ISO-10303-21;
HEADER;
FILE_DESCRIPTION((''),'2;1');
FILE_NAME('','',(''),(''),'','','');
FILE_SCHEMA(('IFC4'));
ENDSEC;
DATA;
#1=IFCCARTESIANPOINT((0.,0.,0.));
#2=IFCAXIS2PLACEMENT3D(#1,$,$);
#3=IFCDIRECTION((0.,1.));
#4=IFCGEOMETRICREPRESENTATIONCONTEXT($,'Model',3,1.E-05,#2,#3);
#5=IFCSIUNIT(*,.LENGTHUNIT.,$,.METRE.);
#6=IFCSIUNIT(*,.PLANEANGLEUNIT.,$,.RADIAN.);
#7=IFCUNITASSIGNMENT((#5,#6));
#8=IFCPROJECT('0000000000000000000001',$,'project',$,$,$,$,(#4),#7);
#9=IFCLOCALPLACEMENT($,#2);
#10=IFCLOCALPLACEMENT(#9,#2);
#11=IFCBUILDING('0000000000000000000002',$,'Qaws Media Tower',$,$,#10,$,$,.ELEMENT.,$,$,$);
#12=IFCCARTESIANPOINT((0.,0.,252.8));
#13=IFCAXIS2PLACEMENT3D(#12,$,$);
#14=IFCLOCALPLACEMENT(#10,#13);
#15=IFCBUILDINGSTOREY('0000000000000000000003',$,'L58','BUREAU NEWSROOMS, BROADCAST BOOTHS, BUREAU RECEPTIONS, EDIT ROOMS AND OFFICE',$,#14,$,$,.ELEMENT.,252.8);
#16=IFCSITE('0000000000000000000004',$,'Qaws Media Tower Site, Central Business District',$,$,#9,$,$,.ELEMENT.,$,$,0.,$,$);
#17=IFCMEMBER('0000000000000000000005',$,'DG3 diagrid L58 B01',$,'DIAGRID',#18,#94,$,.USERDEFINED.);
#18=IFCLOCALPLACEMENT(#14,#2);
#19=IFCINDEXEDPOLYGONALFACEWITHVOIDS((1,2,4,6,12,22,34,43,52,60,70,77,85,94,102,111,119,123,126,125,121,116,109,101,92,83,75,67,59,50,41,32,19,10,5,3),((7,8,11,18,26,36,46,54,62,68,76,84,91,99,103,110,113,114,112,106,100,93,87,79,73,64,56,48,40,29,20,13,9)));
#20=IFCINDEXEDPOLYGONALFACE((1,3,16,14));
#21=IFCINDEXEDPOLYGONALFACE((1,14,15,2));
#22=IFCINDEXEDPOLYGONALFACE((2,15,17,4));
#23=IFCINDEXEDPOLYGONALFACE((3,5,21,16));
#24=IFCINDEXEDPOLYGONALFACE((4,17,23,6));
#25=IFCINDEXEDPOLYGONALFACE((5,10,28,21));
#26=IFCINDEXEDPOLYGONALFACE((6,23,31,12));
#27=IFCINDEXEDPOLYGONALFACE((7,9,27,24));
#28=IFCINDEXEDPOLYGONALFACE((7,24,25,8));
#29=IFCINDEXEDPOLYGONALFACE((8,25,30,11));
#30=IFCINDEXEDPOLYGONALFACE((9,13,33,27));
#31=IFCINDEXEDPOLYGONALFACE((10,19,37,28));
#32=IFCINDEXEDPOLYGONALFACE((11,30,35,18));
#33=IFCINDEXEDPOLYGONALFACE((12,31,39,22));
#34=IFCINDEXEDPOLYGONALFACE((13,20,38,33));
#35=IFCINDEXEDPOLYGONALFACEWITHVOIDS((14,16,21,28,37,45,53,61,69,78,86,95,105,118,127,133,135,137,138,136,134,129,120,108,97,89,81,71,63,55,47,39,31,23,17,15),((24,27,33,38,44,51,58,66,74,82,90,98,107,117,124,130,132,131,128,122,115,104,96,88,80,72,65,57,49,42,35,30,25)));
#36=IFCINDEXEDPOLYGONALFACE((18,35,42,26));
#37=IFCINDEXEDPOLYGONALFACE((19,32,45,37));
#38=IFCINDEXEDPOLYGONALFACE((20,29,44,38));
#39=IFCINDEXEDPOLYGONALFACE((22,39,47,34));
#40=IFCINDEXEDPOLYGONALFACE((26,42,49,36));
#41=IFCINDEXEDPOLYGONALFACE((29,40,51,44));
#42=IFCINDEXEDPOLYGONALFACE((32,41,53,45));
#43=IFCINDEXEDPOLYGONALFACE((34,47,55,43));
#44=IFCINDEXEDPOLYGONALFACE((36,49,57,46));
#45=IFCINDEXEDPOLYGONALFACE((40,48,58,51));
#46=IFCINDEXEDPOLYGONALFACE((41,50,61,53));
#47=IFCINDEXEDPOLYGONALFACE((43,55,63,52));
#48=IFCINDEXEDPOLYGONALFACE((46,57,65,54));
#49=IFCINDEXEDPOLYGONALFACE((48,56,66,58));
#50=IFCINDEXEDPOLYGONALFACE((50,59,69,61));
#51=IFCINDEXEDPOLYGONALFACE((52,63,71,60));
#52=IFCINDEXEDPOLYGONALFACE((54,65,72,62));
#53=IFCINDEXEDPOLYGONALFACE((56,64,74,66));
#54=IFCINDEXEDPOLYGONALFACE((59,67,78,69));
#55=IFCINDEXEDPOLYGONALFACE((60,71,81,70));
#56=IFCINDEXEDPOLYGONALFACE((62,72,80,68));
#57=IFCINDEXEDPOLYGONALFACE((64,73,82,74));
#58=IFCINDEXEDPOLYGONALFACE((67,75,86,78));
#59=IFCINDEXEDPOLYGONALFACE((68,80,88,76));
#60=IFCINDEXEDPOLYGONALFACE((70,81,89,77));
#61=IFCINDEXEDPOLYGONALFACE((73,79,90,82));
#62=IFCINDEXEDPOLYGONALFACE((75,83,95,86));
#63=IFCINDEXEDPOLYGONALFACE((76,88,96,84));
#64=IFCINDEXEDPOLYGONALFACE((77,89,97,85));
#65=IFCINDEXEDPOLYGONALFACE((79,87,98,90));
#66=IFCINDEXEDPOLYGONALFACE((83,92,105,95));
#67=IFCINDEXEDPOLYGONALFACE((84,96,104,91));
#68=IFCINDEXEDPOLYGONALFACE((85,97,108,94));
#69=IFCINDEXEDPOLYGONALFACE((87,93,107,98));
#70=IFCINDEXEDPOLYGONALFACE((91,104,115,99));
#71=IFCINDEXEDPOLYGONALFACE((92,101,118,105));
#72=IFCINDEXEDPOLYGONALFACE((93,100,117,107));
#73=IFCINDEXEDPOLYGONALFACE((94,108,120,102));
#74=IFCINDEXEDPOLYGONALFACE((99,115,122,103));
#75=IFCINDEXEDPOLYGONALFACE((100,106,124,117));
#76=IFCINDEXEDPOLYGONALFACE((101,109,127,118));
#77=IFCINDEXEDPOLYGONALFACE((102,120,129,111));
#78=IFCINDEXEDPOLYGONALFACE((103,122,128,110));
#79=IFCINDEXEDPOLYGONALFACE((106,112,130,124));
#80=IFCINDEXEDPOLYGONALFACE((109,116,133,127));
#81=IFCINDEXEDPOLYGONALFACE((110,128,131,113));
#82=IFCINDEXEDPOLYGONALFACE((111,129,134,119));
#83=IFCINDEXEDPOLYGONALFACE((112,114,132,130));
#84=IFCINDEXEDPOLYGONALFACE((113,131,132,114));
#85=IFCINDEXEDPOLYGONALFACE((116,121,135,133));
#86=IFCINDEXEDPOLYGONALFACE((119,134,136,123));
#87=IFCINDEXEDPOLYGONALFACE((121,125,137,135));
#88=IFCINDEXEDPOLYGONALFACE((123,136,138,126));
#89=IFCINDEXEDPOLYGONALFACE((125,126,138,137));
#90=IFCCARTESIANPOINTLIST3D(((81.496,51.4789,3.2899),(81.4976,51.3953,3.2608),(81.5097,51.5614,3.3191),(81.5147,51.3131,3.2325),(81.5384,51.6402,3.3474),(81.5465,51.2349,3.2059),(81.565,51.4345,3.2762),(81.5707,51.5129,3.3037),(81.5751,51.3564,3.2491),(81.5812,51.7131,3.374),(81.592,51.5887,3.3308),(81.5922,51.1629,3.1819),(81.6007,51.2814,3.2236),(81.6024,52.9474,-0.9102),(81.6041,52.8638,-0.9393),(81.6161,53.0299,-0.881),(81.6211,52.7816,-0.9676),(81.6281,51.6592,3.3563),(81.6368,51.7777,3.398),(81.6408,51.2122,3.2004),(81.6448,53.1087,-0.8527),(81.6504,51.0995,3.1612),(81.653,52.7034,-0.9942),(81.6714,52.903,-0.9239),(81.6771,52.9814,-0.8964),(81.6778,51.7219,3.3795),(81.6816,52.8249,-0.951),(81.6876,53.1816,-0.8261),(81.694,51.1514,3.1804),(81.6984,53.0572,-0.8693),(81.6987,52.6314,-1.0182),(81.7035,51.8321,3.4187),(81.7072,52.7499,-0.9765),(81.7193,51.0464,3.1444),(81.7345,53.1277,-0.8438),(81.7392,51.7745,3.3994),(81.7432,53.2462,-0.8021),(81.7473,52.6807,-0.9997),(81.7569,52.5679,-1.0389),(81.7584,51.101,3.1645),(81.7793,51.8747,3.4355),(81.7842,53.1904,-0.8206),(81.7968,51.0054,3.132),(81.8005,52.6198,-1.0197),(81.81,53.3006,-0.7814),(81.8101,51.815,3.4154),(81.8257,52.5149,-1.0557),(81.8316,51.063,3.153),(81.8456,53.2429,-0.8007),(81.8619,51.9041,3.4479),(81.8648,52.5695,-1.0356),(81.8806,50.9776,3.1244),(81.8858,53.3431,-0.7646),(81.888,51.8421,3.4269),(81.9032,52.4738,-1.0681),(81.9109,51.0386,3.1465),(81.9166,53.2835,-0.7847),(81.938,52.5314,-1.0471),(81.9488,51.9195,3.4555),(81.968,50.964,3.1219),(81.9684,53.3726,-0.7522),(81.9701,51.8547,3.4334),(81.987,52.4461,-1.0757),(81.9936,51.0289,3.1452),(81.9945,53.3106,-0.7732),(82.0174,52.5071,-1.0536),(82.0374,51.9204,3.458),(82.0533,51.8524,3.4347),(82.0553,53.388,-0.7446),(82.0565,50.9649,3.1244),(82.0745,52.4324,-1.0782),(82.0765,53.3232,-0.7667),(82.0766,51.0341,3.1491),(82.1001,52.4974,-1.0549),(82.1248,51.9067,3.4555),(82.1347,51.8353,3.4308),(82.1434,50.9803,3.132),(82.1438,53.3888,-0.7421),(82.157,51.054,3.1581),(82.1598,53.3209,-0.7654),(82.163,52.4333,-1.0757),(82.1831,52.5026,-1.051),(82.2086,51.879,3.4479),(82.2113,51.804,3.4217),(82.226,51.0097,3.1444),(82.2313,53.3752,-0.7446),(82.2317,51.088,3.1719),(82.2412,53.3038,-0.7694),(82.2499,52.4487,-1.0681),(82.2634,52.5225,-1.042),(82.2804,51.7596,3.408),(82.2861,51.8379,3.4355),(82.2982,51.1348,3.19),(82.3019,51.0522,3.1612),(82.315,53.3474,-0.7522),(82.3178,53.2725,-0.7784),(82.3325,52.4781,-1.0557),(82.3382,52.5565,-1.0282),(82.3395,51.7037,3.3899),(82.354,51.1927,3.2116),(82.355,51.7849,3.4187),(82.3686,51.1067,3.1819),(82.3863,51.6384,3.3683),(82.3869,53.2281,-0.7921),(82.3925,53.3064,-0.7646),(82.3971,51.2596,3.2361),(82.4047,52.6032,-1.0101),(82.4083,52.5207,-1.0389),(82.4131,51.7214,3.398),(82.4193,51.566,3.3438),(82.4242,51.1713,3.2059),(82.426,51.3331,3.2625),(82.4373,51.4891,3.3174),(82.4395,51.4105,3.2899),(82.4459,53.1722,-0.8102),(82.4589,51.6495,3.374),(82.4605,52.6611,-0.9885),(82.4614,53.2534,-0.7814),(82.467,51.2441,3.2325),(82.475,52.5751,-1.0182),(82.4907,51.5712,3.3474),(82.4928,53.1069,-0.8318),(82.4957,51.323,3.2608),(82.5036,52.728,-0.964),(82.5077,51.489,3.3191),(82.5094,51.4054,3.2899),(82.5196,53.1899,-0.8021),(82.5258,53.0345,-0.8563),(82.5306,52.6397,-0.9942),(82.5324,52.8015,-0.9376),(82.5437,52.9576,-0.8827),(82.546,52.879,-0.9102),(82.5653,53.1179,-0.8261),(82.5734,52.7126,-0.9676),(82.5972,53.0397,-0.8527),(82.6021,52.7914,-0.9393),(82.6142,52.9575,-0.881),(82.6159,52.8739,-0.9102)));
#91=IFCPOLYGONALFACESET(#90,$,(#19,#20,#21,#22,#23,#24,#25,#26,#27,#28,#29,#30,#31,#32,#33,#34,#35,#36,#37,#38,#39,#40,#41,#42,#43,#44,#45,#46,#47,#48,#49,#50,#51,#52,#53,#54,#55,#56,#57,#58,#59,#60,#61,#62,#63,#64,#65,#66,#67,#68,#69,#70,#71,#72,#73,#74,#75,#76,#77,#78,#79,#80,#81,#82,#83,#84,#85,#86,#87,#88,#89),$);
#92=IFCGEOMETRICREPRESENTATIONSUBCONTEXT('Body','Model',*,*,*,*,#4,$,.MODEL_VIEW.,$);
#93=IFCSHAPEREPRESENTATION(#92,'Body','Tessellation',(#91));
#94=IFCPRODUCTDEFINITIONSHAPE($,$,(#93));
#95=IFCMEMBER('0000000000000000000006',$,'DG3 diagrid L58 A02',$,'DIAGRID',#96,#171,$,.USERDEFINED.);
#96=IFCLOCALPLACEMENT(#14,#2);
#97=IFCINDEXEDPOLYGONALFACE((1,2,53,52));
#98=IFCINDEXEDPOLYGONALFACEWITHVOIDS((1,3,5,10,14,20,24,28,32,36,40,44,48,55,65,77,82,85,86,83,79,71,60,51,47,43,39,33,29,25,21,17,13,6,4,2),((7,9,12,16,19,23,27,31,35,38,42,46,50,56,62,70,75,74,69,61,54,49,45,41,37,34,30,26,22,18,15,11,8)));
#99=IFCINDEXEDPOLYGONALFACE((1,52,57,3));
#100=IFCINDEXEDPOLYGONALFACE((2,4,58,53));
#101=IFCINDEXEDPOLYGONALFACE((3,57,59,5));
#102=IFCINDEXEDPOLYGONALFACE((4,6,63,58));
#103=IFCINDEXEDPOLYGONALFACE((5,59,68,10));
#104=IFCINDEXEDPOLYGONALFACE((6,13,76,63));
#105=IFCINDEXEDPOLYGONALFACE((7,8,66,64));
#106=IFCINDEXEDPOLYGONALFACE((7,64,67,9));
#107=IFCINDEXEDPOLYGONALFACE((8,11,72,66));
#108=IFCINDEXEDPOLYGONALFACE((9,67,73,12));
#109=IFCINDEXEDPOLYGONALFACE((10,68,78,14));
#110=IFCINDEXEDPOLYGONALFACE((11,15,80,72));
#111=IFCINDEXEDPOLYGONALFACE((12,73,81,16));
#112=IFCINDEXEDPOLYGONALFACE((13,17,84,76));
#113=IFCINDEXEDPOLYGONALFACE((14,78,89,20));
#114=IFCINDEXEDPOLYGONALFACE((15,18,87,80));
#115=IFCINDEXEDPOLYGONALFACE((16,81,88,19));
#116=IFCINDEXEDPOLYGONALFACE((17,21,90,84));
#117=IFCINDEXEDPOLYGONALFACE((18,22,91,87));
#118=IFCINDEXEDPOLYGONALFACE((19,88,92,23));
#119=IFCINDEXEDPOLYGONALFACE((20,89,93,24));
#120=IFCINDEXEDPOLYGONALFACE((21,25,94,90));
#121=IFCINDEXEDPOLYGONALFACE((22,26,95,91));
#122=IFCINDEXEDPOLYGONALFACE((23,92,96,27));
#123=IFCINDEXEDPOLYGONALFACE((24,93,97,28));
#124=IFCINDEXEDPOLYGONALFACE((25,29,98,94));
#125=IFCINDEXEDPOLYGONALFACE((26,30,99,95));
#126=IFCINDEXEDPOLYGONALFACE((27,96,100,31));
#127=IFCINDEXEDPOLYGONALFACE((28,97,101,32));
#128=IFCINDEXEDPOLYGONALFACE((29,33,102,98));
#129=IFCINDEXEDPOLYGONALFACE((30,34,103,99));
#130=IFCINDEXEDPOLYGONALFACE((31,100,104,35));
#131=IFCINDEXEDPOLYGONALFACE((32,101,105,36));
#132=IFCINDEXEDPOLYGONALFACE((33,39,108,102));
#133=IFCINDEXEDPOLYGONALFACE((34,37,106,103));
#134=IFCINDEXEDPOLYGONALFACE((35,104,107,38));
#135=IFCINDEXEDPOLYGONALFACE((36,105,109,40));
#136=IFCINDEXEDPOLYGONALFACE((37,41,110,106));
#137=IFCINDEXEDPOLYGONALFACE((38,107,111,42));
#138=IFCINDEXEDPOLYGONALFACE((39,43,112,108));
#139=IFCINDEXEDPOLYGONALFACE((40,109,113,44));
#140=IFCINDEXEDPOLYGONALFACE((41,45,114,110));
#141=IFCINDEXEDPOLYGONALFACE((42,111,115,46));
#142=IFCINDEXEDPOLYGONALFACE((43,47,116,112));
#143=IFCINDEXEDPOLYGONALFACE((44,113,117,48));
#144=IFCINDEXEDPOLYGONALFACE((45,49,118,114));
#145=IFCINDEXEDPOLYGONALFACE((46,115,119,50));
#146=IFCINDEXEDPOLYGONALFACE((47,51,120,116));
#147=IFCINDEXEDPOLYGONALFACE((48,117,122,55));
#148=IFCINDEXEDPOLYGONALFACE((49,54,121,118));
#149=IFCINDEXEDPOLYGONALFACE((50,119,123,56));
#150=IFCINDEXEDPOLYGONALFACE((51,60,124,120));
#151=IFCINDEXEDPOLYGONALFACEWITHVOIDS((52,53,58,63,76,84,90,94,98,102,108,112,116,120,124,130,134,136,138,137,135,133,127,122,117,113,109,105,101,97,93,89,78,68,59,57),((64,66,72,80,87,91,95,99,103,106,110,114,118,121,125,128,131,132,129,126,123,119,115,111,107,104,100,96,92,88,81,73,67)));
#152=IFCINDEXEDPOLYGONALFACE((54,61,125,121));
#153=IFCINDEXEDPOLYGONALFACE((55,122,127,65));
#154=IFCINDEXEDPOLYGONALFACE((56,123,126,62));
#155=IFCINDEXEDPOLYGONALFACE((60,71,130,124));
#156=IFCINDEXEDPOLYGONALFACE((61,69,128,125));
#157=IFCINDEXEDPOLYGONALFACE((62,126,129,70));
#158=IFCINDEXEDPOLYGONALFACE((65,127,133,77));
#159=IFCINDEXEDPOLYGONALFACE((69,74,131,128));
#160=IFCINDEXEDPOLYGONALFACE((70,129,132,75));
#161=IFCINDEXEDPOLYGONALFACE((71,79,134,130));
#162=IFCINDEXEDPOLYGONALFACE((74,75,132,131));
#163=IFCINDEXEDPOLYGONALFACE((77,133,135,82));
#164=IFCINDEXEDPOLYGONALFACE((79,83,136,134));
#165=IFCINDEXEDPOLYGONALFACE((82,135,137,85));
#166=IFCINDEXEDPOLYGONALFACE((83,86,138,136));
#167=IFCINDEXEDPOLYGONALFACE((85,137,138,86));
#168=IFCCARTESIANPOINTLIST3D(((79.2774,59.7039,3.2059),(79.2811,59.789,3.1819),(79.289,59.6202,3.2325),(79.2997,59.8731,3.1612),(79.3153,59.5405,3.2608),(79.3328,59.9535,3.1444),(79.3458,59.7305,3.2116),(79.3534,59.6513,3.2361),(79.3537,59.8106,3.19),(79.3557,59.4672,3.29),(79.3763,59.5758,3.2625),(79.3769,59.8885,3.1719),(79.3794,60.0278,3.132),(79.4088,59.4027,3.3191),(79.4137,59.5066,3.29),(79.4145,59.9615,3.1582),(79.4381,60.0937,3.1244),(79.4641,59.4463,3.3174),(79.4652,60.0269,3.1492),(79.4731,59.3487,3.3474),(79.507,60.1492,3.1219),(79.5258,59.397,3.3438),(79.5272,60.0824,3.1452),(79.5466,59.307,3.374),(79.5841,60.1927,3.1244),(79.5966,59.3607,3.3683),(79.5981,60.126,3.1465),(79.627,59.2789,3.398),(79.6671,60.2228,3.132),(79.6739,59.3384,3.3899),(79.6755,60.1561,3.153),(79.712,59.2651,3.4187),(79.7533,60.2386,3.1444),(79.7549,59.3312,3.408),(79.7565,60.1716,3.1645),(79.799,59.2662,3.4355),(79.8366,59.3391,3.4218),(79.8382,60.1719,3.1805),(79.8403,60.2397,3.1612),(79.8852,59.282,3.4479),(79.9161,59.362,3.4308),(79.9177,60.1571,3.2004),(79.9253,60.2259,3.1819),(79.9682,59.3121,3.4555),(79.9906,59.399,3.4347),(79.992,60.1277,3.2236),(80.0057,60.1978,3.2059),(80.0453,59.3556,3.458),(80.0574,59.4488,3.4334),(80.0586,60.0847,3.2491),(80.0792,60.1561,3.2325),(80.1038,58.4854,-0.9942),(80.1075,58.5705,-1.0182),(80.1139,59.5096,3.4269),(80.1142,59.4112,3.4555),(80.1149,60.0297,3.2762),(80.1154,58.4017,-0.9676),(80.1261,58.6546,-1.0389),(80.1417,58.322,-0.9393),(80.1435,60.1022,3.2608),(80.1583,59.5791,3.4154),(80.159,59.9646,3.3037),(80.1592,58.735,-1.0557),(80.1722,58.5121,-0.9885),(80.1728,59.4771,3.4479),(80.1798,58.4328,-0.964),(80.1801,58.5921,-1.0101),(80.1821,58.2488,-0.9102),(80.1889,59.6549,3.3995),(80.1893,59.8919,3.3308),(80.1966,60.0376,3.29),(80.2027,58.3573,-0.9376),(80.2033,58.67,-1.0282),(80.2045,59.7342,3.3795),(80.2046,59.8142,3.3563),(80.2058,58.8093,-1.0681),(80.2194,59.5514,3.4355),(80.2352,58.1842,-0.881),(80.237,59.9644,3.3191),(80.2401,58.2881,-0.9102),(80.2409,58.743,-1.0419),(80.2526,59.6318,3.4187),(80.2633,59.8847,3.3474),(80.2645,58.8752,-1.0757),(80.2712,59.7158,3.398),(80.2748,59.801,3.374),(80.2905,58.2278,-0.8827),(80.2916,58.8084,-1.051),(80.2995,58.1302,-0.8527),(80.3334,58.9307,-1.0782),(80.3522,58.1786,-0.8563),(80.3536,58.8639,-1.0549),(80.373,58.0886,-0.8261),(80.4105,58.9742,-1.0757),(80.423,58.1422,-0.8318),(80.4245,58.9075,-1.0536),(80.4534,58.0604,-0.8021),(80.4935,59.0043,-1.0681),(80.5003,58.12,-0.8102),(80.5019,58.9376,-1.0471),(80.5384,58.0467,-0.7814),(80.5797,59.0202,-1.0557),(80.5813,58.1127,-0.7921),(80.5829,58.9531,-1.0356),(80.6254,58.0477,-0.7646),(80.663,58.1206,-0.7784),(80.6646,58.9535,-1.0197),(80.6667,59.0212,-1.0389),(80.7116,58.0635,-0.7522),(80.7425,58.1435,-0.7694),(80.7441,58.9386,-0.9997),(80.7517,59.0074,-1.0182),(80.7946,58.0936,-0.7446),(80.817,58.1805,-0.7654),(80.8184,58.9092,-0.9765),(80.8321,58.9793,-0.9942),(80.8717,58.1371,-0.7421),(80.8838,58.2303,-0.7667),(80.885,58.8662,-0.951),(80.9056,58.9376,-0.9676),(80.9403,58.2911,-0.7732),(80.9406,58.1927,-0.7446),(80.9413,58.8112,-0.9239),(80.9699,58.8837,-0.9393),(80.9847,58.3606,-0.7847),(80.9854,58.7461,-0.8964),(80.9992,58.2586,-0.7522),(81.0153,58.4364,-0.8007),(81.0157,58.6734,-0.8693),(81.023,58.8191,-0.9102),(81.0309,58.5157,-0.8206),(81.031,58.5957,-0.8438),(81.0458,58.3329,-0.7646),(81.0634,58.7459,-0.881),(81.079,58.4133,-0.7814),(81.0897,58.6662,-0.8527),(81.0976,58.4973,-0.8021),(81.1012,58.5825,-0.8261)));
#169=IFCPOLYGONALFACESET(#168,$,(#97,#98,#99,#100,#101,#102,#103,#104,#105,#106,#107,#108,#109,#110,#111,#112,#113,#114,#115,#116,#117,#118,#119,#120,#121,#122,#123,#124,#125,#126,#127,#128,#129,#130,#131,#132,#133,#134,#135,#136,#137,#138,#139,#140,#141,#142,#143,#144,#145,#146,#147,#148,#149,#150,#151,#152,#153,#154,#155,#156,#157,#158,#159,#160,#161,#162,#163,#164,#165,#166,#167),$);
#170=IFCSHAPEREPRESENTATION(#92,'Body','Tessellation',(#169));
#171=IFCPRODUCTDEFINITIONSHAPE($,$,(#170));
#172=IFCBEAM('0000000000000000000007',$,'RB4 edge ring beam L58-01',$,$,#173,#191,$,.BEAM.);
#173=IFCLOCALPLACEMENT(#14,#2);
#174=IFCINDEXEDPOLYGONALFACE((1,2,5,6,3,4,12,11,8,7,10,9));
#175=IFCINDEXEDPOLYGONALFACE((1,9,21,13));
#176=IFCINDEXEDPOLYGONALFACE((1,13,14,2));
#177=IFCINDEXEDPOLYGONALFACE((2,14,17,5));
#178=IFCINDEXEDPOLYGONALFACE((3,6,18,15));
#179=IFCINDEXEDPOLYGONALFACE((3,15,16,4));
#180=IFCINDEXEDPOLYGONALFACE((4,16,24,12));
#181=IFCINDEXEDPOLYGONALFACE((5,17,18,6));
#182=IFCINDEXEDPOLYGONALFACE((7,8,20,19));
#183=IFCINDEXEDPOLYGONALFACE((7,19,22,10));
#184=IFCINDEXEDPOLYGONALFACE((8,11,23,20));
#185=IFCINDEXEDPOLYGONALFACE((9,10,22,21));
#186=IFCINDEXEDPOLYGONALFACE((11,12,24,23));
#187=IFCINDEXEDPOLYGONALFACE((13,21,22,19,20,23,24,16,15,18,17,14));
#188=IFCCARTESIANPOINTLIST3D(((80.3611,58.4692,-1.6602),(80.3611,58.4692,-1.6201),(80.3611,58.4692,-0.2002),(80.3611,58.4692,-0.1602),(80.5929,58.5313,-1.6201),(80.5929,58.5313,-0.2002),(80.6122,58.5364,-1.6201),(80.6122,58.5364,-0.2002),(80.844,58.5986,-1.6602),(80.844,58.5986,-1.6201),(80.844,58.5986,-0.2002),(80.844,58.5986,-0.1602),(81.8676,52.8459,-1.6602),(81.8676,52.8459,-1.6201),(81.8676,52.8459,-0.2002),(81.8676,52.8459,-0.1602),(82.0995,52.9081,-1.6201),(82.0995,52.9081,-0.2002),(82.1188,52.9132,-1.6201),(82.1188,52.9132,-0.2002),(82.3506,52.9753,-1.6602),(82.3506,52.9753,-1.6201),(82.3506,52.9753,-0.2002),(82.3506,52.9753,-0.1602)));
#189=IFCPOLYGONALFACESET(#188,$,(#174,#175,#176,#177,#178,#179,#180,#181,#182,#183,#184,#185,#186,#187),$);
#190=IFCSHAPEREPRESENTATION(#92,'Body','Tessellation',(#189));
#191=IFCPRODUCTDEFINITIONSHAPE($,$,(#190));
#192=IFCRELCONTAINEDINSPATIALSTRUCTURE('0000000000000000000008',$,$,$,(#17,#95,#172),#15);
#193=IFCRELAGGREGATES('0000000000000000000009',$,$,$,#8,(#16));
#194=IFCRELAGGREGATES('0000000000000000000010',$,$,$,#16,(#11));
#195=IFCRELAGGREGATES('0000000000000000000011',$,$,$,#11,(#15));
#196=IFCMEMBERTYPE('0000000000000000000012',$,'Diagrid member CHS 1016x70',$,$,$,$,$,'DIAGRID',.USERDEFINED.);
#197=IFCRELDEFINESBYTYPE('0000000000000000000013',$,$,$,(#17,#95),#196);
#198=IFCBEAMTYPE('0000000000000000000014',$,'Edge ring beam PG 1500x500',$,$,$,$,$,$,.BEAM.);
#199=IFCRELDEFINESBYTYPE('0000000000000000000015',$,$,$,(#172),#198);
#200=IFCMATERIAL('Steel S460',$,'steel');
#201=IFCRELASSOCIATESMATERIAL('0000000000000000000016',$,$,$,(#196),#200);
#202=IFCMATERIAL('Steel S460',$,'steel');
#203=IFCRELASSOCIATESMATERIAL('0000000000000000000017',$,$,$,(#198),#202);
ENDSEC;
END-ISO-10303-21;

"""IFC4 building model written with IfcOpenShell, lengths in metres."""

from ifc_helpers import new_model, si_unit, direction, frame, origin, origin_2d, place, context, subcontext, project, spatial, hollow_circle, i_section, extrude, material, material_profile, profile_set, type_object, element, save


model = new_model("IFC4")

# Units and contexts
model_context = context("Model", 3, precision=1e-05, world=origin(), true_north=direction((0.0, 1.0)))
body_context = subcontext(model_context, "Body", "Model", "MODEL_VIEW")
ifc_project = project(units=[si_unit("LENGTHUNIT", "METRE"), si_unit("PLANEANGLEUNIT", "RADIAN")], contexts=[model_context])

# Site, building, storey
site_placement = place(None, origin())
site = spatial("IfcSite", under=ifc_project, at=site_placement, Name="Qaws Media Tower Site, Central Business District", CompositionType="ELEMENT", RefElevation=0.0)
building_placement = place(site_placement, origin())
building = spatial("IfcBuilding", under=site, at=building_placement, Name="Qaws Media Tower", CompositionType="ELEMENT")
storey_placement = place(building_placement, frame((0.0, 0.0, 252.8)))
storey = spatial("IfcBuildingStorey", under=building, at=storey_placement, Name="L58", Description="BUREAU NEWSROOMS, BROADCAST BOOTHS, BUREAU RECEPTIONS, EDIT ROOMS AND OFFICE", CompositionType="ELEMENT", Elevation=252.8)

# Members
ifc_material_1 = material(Name="Steel S460", Category="steel")
ifc_material_profile_1 = material_profile(ifc_material_1, hollow_circle(Radius=0.5081, WallThickness=0.0701, at=origin_2d()), Name="CHS 1016x70")
ifc_profile_set_1 = profile_set([ifc_material_profile_1], Name="Steel S460")
member_type_1 = type_object("IfcMemberType", Name="Diagrid member CHS 1016x70", ElementType="DIAGRID", PredefinedType="USERDEFINED", material=ifc_profile_set_1)
for number, where, z_axis, x_axis, name in (
    (1, (82.1091, 52.9106, -0.9102), (-0.023916, -0.329943, 0.943698), (0.997383, -0.072296, 0.0), "DG3 diagrid L58 B01"),
    (2, (80.6025, 58.5339, -0.9102), (-0.185679, 0.273774, 0.943701), (-0.827611, -0.561303, 0.0), "DG3 diagrid L58 A02"),
):
    element("IfcMember", number, at=place(storey_placement, frame(where, z_axis=z_axis, x_axis=x_axis)), inside=storey, type_object=member_type_1, Name=name, ObjectType="DIAGRID", PredefinedType="USERDEFINED", context=body_context, shape_type="SweptSolid", body=[
        extrude(hollow_circle(Radius=0.5081, WallThickness=0.0701, at=origin_2d()), origin(), (0.0, 0.0, 1.0), 4.4507),
    ])

# Beam
ifc_material_2 = material(Name="Steel S460", Category="steel")
ifc_material_profile_2 = material_profile(ifc_material_2, i_section(OverallWidth=0.5, OverallDepth=1.5, WebThickness=0.02, FlangeThickness=0.04, at=origin_2d()), Name="PG 1500x500")
ifc_profile_set_2 = profile_set([ifc_material_profile_2], Name="Steel S460")
beam_type = type_object("IfcBeamType", Name="Edge ring beam PG 1500x500", PredefinedType="BEAM", material=ifc_profile_set_2)
beam_1_placement = place(storey_placement, frame((82.1091, 52.9106, -0.9102), z_axis=(-0.258793, 0.965933, 0.0), x_axis=(-0.965933, -0.258793, 0.0)))
element("IfcBeam", 3, at=beam_1_placement, inside=storey, type_object=beam_type, Name="RB4 edge ring beam L58-01", PredefinedType="BEAM", context=body_context, shape_type="SweptSolid", body=[
    extrude(i_section(OverallWidth=0.5, OverallDepth=1.5, WebThickness=0.02, FlangeThickness=0.04, at=origin_2d()), origin(), (0.0, 0.0, 1.0), 5.8215),
])

save(model, "model.ifc")
